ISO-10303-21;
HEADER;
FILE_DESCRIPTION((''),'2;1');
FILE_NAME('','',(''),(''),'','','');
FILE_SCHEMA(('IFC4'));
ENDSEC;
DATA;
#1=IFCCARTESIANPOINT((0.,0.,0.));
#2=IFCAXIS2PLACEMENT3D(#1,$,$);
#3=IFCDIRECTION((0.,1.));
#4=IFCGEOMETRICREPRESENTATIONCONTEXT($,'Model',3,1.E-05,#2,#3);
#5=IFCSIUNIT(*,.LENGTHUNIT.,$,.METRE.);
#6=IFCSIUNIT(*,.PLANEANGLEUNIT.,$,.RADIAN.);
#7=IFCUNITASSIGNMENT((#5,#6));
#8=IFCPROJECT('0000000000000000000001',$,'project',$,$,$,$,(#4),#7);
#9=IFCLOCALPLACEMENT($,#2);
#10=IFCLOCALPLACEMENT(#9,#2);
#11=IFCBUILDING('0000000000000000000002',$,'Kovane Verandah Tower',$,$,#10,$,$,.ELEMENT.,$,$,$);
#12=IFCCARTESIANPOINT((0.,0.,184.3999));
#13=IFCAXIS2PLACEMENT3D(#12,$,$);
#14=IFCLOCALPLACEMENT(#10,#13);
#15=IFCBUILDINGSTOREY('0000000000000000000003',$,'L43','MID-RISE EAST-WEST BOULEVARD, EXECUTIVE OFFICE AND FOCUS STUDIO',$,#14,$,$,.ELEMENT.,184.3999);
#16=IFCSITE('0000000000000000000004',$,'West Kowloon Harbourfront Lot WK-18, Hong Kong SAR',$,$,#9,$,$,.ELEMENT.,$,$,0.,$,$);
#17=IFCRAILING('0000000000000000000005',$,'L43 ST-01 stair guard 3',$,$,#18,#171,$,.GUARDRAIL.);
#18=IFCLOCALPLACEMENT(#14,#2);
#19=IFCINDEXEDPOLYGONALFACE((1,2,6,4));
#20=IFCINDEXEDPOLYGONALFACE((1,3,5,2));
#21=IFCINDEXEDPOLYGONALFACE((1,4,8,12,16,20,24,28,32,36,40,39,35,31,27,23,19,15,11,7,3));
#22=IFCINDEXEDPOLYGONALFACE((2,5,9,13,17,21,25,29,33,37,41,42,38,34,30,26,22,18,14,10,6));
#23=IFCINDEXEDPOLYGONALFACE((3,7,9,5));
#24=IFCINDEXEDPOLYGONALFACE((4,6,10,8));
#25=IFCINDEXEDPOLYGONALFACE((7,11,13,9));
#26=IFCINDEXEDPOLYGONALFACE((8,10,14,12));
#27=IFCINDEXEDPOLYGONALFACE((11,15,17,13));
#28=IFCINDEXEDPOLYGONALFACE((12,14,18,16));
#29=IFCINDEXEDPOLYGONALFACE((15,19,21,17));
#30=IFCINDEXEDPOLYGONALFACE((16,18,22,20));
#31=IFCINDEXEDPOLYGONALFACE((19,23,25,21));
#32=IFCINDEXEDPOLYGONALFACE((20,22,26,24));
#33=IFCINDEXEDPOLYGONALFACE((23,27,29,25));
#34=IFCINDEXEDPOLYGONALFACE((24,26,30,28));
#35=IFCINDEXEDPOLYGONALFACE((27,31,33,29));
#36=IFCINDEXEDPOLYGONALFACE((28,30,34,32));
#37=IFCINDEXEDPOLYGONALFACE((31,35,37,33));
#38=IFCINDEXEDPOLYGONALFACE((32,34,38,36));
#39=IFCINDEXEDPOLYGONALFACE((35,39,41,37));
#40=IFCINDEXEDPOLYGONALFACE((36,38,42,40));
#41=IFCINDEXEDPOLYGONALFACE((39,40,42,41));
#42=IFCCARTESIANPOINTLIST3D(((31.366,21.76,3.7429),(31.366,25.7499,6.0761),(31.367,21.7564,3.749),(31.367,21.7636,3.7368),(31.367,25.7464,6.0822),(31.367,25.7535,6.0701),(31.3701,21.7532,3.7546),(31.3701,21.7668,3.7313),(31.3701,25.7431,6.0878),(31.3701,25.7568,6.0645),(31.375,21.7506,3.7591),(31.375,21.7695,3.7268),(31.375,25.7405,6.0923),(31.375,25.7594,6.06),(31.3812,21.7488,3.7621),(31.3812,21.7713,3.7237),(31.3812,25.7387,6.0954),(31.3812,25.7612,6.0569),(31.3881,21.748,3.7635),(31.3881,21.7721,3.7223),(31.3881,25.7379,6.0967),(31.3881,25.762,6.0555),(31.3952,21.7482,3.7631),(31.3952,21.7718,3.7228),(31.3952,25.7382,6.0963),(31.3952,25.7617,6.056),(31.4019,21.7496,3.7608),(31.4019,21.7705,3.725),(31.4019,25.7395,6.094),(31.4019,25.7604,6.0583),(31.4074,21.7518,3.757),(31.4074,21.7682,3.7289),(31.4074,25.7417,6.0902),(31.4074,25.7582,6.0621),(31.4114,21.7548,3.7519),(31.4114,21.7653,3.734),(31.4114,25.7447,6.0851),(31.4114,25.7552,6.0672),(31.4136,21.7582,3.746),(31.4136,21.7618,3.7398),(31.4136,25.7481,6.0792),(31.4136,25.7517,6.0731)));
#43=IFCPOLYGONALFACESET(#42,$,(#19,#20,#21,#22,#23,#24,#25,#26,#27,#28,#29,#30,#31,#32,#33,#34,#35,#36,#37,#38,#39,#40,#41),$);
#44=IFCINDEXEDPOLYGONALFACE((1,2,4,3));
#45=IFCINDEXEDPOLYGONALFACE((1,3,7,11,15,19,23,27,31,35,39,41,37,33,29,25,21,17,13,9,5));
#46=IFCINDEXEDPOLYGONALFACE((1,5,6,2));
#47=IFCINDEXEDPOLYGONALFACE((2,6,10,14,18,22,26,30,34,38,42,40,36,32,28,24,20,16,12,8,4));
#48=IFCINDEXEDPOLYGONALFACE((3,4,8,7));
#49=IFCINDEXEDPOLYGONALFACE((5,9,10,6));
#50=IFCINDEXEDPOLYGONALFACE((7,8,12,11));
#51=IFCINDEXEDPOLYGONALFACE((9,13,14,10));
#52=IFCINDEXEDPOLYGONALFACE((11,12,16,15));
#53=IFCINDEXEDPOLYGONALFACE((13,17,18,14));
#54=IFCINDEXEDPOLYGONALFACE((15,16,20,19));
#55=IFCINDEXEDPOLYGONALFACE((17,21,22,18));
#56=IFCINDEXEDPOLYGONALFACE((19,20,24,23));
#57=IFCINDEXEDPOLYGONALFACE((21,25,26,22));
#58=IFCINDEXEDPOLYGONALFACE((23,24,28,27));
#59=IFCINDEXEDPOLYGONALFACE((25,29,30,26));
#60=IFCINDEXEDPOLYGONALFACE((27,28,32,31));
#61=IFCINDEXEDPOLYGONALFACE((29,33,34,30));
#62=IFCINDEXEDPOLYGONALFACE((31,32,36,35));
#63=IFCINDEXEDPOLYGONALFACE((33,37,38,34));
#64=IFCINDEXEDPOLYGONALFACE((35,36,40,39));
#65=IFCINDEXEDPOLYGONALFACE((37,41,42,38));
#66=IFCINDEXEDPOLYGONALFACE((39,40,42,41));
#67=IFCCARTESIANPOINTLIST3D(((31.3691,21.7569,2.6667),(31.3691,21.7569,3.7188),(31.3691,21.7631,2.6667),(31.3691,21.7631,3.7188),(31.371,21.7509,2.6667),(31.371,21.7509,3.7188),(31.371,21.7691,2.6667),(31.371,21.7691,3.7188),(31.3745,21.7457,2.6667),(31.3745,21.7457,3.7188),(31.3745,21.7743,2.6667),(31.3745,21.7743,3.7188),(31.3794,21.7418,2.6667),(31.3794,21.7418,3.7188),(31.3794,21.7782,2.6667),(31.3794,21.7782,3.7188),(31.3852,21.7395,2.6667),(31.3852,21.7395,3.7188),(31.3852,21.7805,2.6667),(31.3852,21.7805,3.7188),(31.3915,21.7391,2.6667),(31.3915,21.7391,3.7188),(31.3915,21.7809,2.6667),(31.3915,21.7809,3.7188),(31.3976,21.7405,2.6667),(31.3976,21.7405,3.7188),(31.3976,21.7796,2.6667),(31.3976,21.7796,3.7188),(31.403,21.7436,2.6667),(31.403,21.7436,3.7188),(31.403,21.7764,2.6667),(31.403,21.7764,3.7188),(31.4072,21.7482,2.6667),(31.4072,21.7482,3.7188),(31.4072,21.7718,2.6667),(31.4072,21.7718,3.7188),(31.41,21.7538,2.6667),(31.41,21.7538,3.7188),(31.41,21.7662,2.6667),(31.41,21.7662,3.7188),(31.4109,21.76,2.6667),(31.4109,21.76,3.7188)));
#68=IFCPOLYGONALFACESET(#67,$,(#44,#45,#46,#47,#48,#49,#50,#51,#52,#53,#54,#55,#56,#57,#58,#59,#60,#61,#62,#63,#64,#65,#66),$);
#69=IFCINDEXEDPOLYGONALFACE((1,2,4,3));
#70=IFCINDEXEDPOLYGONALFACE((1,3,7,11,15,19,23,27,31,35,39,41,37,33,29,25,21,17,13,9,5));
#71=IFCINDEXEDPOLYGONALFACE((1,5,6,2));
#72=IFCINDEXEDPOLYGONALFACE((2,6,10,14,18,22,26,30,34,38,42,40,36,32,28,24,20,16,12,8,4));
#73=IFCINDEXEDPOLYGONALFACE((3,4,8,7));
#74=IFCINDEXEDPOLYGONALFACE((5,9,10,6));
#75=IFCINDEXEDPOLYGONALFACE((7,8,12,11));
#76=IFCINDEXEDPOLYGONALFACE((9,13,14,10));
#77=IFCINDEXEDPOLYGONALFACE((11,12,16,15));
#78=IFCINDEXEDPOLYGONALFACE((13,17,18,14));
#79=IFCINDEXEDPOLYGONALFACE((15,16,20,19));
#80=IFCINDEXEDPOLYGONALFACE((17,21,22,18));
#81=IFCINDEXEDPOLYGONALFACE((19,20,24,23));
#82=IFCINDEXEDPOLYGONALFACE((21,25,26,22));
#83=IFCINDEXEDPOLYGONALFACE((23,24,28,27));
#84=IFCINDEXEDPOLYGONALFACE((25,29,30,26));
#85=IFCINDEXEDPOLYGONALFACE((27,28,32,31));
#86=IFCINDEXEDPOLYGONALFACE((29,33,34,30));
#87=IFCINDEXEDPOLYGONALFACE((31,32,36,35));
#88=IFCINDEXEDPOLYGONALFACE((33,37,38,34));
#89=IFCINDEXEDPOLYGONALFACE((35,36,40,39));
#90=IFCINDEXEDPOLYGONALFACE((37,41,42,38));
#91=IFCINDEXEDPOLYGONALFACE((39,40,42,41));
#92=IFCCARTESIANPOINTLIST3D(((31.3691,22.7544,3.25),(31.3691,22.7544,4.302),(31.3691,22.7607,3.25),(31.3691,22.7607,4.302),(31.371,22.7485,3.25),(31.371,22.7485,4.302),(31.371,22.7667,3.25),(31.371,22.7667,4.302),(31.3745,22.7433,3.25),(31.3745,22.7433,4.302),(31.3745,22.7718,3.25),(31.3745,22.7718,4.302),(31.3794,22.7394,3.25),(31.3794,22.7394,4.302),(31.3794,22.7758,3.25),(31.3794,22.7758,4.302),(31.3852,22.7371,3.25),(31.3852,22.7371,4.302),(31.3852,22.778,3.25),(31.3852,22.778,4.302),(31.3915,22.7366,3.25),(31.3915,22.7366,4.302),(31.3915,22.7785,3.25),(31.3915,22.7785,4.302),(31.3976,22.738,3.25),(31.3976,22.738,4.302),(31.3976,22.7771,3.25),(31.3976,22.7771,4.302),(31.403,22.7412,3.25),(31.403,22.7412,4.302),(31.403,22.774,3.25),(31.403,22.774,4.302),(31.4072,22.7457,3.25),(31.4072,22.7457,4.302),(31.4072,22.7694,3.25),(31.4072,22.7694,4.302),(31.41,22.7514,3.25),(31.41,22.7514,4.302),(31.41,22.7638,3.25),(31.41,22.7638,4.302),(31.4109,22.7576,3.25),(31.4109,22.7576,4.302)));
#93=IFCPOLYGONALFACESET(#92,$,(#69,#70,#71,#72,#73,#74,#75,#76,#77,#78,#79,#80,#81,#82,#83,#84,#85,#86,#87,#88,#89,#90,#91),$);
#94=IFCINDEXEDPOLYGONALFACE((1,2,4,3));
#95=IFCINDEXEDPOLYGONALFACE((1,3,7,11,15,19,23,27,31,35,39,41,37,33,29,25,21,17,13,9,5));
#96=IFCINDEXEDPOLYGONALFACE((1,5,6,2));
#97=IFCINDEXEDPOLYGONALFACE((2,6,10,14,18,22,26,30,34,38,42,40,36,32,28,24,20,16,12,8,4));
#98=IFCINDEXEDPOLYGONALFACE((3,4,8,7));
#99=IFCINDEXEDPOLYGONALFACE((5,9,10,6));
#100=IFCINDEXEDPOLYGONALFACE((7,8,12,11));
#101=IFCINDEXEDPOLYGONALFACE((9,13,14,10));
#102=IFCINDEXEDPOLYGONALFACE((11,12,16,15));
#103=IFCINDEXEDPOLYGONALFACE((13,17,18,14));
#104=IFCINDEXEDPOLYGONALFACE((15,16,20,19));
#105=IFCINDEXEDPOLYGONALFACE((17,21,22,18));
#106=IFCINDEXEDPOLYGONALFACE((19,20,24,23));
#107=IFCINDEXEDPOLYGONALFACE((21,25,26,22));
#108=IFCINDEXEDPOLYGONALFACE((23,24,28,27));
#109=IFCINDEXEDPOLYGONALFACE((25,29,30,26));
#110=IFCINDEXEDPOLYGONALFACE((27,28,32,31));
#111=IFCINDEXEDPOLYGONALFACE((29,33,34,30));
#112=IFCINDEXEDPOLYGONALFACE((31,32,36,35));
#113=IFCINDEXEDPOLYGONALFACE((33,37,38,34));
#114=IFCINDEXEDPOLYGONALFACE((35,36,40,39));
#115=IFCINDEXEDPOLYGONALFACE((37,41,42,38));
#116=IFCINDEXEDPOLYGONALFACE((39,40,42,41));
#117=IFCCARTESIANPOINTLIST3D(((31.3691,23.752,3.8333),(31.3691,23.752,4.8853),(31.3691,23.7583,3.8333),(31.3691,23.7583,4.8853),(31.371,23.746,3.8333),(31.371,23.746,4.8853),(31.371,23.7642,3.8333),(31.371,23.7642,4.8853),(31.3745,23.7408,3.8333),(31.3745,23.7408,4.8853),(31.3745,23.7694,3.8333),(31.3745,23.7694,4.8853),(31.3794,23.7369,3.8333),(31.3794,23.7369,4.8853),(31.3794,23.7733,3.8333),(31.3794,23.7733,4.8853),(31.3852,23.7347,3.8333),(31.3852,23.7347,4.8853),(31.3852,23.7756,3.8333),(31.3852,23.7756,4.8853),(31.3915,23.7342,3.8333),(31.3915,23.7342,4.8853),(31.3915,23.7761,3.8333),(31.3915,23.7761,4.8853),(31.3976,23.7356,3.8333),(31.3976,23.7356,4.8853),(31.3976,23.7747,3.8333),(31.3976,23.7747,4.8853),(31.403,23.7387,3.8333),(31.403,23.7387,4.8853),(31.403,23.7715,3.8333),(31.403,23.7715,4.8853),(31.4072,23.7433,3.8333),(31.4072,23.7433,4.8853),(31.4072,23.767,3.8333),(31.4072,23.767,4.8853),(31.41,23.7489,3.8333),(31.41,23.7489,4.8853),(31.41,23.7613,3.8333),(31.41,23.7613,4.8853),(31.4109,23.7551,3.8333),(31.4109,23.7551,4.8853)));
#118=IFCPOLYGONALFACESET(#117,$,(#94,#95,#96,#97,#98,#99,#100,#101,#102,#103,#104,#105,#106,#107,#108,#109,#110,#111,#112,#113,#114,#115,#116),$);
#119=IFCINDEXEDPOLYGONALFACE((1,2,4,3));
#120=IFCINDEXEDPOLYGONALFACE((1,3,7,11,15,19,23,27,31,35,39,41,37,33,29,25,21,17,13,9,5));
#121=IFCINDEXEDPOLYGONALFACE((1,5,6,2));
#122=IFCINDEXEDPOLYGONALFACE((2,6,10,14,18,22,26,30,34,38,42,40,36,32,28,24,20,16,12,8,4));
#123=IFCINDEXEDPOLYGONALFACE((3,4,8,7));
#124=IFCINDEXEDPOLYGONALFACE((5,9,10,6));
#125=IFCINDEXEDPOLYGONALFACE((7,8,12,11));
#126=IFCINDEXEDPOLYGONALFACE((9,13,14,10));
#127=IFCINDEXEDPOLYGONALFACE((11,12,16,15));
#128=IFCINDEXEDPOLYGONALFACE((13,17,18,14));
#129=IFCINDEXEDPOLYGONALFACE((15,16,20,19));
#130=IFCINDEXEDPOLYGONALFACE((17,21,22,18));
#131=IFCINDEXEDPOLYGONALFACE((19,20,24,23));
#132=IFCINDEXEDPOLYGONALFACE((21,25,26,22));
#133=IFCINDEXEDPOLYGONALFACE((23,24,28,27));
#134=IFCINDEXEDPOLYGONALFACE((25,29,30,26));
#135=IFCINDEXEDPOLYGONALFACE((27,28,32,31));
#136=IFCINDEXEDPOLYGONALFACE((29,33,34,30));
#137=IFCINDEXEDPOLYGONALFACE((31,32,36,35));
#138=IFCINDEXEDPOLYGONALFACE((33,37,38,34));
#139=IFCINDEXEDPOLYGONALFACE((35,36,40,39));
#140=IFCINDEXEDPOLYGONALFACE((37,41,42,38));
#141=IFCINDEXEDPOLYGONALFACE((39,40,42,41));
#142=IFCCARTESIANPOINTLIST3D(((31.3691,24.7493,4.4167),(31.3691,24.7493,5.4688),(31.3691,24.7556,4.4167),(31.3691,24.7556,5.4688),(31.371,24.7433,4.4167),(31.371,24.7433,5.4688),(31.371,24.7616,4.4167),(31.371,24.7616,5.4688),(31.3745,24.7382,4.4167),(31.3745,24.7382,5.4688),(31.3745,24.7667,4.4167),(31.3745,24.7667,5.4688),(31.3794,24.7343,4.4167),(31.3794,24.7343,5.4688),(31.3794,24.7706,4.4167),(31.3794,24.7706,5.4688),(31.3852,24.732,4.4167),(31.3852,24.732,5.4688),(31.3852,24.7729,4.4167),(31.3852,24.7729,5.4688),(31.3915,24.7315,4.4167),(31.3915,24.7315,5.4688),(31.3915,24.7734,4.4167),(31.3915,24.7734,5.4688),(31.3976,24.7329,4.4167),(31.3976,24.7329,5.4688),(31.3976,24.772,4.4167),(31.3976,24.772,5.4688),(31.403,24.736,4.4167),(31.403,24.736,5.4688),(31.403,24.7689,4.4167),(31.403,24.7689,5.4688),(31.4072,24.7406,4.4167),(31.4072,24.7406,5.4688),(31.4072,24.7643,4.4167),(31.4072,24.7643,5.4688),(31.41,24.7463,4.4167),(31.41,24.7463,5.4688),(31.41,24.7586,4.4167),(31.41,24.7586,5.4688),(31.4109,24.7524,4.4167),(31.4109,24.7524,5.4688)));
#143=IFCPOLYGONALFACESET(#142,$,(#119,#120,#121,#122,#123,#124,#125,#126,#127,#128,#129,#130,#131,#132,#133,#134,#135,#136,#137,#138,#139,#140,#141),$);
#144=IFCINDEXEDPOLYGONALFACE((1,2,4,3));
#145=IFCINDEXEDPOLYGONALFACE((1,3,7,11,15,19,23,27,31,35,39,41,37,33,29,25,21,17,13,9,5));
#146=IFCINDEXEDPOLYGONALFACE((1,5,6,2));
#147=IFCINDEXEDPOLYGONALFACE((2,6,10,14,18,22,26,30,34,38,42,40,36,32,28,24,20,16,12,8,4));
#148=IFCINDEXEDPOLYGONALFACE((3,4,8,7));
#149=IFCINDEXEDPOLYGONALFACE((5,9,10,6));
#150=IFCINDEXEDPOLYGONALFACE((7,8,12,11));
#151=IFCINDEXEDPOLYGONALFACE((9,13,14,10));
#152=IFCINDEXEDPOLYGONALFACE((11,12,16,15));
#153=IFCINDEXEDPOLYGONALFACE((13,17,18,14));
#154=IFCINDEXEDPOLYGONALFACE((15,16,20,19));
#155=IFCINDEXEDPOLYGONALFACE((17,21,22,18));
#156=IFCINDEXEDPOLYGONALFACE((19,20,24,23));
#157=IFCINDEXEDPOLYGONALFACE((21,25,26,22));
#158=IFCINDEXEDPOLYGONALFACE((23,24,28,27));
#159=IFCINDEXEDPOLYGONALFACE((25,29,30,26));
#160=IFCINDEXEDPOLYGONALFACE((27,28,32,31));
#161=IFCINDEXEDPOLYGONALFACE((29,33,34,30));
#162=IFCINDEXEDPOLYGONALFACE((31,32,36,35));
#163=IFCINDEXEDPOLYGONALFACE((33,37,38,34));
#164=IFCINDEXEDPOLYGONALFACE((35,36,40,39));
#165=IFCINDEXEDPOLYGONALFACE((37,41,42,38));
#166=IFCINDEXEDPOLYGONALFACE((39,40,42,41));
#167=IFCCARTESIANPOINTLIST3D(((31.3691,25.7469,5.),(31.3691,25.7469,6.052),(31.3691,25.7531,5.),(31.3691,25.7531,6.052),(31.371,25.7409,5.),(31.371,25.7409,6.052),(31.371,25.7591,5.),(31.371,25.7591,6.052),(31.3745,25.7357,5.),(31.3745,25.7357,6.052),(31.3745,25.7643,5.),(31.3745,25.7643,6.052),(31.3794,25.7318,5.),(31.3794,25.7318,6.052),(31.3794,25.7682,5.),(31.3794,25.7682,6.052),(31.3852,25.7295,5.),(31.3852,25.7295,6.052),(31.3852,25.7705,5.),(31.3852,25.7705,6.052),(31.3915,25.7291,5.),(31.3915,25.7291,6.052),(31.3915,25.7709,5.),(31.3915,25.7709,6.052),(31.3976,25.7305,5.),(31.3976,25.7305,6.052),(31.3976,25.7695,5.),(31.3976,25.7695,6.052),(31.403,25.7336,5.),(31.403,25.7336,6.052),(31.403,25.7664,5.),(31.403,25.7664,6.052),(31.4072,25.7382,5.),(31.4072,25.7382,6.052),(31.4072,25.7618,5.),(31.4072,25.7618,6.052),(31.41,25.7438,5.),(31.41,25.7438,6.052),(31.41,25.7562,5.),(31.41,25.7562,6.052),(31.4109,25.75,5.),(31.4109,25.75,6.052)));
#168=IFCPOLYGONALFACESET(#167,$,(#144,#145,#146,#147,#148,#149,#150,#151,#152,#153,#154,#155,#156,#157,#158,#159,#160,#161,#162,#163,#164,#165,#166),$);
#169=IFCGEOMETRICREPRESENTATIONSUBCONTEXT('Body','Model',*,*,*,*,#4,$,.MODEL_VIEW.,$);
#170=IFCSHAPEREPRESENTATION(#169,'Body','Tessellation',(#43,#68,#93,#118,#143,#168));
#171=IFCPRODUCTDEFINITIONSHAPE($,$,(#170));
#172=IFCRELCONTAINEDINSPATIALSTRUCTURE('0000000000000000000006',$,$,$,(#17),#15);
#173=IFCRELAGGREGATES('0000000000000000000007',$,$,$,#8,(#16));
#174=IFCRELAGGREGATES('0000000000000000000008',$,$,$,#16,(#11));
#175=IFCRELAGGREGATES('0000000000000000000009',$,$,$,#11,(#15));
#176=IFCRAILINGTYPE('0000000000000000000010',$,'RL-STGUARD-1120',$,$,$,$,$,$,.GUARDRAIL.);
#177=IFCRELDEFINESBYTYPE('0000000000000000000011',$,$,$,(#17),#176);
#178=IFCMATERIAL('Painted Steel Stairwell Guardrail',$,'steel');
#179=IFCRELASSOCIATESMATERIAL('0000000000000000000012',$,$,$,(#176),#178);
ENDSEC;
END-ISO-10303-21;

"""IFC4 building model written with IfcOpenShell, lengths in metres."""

from ifc_helpers import new_model, si_unit, direction, frame, origin, origin_2d, place, context, subcontext, project, spatial, circle, extrude, material, type_object, element, save


model = new_model("IFC4")

# Units and contexts
model_context = context("Model", 3, precision=1e-05, world=origin(), true_north=direction((0.0, 1.0)))
body_context = subcontext(model_context, "Body", "Model", "MODEL_VIEW")
ifc_project = project(units=[si_unit("LENGTHUNIT", "METRE"), si_unit("PLANEANGLEUNIT", "RADIAN")], contexts=[model_context])

# Site, building, storey
site_placement = place(None, origin())
site = spatial("IfcSite", under=ifc_project, at=site_placement, Name="West Kowloon Harbourfront Lot WK-18, Hong Kong SAR", CompositionType="ELEMENT", RefElevation=0.0)
building_placement = place(site_placement, origin())
building = spatial("IfcBuilding", under=site, at=building_placement, Name="Kovane Verandah Tower", CompositionType="ELEMENT")
storey_placement = place(building_placement, frame((0.0, 0.0, 184.3999)))
storey = spatial("IfcBuildingStorey", under=building, at=storey_placement, Name="L43", Description="MID-RISE EAST-WEST BOULEVARD, EXECUTIVE OFFICE AND FOCUS STUDIO", CompositionType="ELEMENT", Elevation=184.3999)

# Railing
ifc_material_1 = material(Name="Painted Steel Stairwell Guardrail", Category="steel")
railing_type_1 = type_object("IfcRailingType", Name="RL-STGUARD-1120", PredefinedType="GUARDRAIL", material=ifc_material_1)
railing_1_placement = place(storey_placement, frame((31.3899, 21.76, 2.6667)))
element("IfcRailing", 1, at=railing_1_placement, inside=storey, type_object=railing_type_1, Name="L43 ST-01 stair guard 3", PredefinedType="GUARDRAIL", context=body_context, shape_type="SweptSolid", body=[
    extrude(circle(Radius=0.0239, at=origin_2d()), frame((0.0, 0.0, 1.0762), z_axis=(0.0, 0.863236, 0.5048), x_axis=(-1.0, 0.0, 0.0)), (0.0, 0.0, 1.0), 4.6221),
    extrude(circle(Radius=0.021, at=origin_2d()), origin(), (0.0, 0.0, 1.0), 1.052),
    extrude(circle(Radius=0.021, at=origin_2d()), frame((0.0, 0.9976, 0.5833)), (0.0, 0.0, 1.0), 1.052),
    extrude(circle(Radius=0.021, at=origin_2d()), frame((0.0, 1.9951, 1.1665)), (0.0, 0.0, 1.0), 1.052),
    extrude(circle(Radius=0.021, at=origin_2d()), frame((0.0, 2.9924, 1.75)), (0.0, 0.0, 1.0), 1.052),
    extrude(circle(Radius=0.021, at=origin_2d()), frame((0.0, 3.99, 2.3333)), (0.0, 0.0, 1.0), 1.052),
])

save(model, "model.ifc")
